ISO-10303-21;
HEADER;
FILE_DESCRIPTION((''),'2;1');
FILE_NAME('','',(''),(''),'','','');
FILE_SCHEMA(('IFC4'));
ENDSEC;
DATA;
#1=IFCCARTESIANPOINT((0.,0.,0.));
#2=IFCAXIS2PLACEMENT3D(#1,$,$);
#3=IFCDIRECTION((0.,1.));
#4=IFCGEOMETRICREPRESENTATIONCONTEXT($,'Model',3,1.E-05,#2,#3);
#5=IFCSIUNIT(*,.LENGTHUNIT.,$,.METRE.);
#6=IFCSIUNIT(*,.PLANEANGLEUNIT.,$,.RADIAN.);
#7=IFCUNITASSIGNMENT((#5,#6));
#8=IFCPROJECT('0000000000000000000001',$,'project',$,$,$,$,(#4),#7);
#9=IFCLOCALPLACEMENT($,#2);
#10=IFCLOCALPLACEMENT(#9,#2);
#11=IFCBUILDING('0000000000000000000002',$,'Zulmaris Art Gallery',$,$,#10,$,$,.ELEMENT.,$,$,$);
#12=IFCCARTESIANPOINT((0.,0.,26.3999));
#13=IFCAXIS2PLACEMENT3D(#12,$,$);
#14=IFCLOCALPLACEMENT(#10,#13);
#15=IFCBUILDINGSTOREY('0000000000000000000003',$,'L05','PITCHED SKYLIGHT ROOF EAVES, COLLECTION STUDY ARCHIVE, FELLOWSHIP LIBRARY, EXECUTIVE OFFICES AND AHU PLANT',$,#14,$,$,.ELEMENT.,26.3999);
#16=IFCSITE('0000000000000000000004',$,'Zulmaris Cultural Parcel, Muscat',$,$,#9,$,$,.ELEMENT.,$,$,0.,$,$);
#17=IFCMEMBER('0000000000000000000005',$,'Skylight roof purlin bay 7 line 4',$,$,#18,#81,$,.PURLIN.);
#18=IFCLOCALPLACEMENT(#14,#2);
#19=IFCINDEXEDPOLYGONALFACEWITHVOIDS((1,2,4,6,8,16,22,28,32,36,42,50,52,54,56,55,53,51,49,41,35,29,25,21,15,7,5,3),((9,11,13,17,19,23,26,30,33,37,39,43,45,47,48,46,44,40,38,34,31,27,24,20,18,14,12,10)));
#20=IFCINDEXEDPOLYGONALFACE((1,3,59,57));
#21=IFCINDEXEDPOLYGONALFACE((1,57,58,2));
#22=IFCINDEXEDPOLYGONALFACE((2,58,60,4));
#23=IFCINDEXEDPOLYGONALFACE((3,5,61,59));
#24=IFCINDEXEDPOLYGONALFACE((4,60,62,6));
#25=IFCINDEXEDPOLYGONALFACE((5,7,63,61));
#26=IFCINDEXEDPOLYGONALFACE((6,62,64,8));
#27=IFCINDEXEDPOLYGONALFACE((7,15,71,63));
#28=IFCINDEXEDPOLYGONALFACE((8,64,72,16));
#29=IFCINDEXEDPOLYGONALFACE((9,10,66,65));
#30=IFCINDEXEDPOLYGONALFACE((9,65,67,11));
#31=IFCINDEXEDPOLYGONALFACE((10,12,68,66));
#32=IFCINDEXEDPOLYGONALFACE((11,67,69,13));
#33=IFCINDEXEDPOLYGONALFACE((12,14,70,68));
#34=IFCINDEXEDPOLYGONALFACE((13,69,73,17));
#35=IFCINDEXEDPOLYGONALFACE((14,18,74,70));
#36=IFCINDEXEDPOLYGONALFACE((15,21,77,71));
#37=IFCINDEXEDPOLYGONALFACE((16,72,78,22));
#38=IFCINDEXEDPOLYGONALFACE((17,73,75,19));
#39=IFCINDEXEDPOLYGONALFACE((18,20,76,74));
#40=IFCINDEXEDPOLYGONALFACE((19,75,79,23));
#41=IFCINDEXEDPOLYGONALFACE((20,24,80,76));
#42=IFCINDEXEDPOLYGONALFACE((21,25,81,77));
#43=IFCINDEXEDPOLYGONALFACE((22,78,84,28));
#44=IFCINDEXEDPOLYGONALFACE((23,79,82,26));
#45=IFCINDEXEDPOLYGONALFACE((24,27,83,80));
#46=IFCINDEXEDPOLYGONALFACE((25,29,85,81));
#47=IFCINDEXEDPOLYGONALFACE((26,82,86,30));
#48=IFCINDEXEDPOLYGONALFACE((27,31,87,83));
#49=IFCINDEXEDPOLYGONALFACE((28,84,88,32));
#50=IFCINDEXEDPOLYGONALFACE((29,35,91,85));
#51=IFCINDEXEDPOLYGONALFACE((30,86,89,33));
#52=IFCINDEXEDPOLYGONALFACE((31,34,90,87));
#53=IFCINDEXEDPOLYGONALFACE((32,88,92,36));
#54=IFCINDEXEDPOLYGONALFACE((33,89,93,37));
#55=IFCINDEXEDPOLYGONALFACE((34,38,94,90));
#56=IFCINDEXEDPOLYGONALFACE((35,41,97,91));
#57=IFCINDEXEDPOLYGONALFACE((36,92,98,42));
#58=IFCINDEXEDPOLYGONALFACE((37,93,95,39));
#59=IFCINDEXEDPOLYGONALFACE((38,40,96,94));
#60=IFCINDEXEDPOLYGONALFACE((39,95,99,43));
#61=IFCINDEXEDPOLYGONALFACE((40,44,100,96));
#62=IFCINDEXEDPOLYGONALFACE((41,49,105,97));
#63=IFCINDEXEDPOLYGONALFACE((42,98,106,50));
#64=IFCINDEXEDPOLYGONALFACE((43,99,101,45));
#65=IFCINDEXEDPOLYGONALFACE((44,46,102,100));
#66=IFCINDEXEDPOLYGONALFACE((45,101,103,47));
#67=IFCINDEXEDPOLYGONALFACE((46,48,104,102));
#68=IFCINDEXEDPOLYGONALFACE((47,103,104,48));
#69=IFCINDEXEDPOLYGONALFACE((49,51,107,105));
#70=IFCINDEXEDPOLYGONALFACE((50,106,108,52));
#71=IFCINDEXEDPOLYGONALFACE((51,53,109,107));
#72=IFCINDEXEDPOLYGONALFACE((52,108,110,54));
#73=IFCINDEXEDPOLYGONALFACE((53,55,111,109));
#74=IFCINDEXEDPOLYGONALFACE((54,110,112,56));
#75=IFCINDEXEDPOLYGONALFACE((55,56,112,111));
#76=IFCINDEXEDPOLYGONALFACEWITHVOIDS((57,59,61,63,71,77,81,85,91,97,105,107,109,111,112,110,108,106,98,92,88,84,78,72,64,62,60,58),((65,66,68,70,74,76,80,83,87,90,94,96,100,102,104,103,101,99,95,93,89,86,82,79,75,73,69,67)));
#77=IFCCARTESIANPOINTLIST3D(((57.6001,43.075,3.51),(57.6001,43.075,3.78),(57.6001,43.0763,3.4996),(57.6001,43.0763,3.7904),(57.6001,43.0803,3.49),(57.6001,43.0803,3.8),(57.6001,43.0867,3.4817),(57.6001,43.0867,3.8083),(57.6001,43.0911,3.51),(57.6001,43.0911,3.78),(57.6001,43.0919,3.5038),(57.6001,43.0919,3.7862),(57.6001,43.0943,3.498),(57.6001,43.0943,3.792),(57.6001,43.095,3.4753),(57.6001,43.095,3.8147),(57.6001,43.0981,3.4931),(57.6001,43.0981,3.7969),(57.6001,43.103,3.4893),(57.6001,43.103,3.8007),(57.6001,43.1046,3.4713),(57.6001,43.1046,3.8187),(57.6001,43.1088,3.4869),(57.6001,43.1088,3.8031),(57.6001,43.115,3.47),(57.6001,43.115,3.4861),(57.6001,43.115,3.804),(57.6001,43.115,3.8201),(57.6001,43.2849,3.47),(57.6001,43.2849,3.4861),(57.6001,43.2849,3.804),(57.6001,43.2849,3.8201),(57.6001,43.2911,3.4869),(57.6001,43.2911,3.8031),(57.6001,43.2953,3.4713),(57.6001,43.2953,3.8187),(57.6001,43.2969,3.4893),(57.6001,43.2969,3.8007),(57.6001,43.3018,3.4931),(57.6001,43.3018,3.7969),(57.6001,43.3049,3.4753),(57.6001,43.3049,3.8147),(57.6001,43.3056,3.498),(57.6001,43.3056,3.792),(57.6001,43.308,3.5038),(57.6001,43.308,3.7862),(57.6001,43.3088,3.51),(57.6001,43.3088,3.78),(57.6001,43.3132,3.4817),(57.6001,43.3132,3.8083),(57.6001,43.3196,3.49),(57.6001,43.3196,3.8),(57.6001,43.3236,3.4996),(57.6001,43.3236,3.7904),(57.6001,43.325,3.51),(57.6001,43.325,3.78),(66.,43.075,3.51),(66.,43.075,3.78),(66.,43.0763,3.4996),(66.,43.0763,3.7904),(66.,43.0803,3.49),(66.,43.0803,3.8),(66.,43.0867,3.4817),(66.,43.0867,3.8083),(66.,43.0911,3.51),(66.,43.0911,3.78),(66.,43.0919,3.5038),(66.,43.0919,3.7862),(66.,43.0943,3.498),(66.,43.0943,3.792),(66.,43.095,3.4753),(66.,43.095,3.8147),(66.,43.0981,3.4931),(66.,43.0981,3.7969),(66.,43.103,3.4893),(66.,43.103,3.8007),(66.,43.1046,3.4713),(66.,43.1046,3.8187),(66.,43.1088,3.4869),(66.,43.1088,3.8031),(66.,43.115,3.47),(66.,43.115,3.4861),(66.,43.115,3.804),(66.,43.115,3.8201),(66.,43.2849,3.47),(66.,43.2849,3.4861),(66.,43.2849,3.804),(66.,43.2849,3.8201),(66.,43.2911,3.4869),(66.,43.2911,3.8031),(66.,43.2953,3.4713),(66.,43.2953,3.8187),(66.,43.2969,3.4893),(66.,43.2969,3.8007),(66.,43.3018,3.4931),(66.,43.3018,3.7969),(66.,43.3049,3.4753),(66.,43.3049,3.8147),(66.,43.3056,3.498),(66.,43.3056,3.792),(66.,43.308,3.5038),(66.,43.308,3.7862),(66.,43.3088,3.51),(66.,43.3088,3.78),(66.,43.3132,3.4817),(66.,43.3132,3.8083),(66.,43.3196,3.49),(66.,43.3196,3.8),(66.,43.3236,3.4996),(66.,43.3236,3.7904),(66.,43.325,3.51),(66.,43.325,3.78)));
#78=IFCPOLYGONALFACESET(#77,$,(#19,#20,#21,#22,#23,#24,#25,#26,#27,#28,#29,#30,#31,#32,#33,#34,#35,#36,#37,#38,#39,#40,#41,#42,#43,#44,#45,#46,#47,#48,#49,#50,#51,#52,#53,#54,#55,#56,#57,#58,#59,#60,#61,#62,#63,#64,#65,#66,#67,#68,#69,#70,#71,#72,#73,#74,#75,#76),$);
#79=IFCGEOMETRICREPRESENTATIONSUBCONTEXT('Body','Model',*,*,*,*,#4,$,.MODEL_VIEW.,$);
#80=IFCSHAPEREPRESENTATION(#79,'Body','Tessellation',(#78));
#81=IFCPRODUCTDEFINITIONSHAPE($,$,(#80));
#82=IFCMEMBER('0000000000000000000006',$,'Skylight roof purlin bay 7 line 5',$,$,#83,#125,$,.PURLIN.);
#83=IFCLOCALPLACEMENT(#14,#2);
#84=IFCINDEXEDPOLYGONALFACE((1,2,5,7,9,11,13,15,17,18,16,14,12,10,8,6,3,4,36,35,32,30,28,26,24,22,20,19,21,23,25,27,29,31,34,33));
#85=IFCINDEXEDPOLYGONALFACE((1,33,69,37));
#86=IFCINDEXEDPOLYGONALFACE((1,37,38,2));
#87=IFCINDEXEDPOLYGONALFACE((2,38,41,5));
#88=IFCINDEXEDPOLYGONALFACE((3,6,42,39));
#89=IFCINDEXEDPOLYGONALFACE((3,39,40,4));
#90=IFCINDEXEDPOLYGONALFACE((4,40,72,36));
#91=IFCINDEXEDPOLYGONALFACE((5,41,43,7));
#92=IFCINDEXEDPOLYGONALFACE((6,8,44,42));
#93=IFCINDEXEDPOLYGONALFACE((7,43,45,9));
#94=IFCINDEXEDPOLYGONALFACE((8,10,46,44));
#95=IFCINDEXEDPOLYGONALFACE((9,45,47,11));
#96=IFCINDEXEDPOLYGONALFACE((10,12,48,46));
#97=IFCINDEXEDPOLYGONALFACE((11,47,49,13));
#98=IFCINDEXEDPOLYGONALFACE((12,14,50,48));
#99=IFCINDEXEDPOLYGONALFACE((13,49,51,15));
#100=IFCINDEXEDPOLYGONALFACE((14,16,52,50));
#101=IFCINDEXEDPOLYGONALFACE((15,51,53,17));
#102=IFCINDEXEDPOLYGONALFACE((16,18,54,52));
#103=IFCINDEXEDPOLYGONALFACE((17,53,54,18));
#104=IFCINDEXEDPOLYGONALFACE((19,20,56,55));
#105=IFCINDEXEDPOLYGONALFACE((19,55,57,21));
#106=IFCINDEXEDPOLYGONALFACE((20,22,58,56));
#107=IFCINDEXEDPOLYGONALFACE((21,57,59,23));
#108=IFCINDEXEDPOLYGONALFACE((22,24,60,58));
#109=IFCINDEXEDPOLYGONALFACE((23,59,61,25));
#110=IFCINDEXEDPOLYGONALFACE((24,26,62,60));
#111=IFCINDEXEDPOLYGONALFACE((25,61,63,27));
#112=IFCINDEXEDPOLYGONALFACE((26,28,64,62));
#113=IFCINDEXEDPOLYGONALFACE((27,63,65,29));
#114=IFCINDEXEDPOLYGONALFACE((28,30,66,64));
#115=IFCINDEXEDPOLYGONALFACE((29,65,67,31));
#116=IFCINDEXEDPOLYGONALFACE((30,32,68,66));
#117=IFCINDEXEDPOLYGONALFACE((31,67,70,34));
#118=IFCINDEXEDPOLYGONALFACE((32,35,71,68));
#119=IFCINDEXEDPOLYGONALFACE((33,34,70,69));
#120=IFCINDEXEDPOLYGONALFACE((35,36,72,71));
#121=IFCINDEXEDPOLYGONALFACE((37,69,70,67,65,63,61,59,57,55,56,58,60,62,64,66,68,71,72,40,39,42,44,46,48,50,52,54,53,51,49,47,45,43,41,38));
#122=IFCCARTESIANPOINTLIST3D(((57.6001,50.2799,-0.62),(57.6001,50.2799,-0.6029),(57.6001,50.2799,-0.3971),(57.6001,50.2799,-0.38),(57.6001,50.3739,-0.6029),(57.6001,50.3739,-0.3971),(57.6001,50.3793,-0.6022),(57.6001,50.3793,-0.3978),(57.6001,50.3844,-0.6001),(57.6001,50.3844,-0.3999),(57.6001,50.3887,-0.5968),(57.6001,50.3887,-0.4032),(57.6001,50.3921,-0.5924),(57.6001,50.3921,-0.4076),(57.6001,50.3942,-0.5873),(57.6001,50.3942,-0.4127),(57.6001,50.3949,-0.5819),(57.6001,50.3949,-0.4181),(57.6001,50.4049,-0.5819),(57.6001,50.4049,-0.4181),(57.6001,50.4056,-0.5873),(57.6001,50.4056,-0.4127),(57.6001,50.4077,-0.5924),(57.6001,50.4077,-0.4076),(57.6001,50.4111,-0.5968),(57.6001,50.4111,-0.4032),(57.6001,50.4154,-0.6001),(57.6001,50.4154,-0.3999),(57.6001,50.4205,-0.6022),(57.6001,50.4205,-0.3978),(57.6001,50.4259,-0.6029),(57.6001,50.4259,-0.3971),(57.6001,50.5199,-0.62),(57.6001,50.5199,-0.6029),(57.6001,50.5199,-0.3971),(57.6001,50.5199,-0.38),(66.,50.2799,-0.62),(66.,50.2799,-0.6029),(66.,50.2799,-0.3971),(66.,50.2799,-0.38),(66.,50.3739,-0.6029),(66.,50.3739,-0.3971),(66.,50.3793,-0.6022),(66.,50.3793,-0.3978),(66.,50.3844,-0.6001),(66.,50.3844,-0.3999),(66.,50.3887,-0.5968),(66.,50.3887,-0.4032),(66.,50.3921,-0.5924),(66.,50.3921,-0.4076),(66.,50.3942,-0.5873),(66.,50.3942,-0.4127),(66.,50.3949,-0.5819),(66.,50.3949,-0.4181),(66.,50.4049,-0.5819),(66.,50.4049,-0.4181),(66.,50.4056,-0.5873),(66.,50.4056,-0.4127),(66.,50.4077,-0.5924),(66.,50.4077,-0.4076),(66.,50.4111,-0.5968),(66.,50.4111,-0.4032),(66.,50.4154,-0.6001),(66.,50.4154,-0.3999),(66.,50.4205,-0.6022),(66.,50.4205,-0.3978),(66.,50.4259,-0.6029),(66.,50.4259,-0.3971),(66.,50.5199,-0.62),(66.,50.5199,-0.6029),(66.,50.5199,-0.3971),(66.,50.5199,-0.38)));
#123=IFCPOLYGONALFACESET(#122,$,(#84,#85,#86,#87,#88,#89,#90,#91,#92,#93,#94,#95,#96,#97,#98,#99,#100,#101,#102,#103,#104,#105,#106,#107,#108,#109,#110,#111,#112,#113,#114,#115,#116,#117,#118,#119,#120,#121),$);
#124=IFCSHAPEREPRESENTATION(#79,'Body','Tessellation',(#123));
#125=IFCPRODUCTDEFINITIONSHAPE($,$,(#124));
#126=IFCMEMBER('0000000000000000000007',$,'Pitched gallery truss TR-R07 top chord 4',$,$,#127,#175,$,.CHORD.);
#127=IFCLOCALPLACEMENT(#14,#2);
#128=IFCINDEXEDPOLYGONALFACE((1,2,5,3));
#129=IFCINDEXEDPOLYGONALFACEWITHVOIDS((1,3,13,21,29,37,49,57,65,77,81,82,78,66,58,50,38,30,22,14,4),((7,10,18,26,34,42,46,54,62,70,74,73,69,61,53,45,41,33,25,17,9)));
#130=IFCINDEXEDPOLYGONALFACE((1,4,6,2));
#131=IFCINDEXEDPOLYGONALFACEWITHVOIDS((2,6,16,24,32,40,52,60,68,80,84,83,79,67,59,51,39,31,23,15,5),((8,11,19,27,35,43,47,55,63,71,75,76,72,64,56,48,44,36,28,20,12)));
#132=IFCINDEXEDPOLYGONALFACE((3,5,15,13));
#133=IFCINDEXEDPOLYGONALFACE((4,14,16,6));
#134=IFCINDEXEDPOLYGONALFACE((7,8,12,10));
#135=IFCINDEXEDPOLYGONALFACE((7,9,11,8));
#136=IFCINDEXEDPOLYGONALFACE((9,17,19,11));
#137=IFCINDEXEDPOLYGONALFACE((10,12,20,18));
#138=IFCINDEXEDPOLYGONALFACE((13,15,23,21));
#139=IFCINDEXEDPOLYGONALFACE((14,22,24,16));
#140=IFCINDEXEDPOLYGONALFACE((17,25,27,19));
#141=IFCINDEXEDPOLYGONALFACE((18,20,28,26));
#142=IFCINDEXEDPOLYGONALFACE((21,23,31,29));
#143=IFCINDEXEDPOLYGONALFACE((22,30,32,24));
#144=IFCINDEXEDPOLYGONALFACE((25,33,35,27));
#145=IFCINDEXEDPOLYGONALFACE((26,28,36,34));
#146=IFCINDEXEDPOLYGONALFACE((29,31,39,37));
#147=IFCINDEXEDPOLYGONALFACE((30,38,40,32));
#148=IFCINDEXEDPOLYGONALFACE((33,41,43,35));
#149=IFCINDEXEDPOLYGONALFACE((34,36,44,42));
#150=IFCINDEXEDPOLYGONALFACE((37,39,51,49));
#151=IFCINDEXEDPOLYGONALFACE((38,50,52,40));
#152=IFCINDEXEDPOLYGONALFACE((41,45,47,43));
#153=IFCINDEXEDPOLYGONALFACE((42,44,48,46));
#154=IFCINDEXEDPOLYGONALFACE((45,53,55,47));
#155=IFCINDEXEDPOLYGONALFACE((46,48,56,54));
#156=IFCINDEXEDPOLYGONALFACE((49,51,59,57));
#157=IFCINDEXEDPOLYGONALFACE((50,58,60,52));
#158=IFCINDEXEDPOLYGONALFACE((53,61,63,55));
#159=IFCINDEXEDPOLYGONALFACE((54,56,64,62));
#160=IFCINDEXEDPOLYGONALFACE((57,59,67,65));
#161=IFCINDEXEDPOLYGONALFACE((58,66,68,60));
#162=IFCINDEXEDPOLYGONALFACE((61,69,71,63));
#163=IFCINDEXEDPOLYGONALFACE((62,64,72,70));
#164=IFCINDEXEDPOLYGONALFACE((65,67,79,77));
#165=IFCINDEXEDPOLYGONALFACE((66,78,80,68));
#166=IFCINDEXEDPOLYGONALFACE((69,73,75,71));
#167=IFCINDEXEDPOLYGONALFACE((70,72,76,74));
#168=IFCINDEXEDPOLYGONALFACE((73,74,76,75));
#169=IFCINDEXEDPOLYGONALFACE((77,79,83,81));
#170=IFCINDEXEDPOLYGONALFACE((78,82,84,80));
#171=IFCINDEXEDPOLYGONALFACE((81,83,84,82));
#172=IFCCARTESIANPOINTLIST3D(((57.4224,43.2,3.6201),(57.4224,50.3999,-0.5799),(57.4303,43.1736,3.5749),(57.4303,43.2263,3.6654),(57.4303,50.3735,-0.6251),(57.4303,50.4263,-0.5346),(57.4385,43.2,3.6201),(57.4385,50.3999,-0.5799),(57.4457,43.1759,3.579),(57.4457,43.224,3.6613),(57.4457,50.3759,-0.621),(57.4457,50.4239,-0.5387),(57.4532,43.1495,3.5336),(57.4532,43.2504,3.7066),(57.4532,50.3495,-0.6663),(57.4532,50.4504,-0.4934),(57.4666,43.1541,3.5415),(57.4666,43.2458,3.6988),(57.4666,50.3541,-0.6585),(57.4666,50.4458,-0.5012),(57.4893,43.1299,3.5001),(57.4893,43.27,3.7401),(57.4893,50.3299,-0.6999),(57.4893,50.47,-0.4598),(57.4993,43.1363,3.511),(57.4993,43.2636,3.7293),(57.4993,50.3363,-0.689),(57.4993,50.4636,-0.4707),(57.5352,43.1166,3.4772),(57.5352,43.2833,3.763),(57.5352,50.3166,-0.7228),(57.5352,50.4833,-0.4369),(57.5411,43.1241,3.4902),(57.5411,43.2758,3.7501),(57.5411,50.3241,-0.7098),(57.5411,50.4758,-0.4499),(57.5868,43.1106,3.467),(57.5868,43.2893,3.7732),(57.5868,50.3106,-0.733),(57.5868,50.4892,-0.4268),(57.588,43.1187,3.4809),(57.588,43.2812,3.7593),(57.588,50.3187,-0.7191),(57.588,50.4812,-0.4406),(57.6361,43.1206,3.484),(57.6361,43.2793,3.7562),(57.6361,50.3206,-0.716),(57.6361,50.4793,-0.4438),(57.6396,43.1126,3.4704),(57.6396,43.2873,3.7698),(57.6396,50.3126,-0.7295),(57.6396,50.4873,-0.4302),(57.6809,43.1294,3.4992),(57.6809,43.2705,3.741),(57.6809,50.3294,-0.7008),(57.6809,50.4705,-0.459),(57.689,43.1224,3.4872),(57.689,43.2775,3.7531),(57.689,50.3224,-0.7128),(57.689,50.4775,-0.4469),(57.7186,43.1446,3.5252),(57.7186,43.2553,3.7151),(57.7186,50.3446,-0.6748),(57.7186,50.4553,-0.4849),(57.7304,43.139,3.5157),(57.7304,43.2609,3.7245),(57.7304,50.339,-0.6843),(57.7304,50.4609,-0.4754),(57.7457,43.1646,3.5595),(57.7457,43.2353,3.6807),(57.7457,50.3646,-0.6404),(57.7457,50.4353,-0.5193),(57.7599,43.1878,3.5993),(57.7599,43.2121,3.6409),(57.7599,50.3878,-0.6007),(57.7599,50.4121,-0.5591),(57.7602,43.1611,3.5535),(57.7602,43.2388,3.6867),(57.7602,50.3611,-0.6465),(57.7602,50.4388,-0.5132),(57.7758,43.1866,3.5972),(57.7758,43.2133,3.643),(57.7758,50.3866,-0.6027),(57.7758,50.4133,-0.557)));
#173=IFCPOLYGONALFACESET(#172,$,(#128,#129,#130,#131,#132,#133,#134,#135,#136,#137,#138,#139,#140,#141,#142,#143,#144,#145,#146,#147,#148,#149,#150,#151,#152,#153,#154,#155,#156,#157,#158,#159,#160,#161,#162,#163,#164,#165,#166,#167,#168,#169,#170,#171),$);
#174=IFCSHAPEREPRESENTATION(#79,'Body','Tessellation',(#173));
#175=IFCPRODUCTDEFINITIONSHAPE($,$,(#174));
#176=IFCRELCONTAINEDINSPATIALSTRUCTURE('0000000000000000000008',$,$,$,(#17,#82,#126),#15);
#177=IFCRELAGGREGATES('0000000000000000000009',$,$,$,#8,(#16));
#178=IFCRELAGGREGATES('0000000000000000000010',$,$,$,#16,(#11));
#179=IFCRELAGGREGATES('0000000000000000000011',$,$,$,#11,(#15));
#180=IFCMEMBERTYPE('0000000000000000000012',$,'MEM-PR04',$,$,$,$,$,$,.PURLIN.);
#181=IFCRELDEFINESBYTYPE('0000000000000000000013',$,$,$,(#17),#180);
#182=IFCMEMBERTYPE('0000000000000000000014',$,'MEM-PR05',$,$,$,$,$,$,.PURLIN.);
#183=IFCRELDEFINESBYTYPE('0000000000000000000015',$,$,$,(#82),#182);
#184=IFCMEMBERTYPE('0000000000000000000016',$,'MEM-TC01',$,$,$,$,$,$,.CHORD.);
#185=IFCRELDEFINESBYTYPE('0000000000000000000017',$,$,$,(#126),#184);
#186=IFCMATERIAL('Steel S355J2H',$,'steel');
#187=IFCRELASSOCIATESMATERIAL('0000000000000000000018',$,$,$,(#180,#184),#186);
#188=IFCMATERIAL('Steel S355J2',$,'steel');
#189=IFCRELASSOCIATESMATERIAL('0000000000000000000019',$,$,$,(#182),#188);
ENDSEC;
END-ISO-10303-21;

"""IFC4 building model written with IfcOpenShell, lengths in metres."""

from ifc_helpers import new_model, si_unit, direction, frame, origin, origin_2d, place, context, subcontext, project, spatial, hollow_rectangle, hollow_circle, i_section, extrude, material, material_profile, profile_set, type_object, element, save


model = new_model("IFC4")

# Units and contexts
model_context = context("Model", 3, precision=1e-05, world=origin(), true_north=direction((0.0, 1.0)))
body_context = subcontext(model_context, "Body", "Model", "MODEL_VIEW")
ifc_project = project(units=[si_unit("LENGTHUNIT", "METRE"), si_unit("PLANEANGLEUNIT", "RADIAN")], contexts=[model_context])

# Site, building, storey
site_placement = place(None, origin())
site = spatial("IfcSite", under=ifc_project, at=site_placement, Name="Zulmaris Cultural Parcel, Muscat", CompositionType="ELEMENT", RefElevation=0.0)
building_placement = place(site_placement, origin())
building = spatial("IfcBuilding", under=site, at=building_placement, Name="Zulmaris Art Gallery", CompositionType="ELEMENT")
storey_placement = place(building_placement, frame((0.0, 0.0, 26.3999)))
storey = spatial("IfcBuildingStorey", under=building, at=storey_placement, Name="L05", Description="PITCHED SKYLIGHT ROOF EAVES, COLLECTION STUDY ARCHIVE, FELLOWSHIP LIBRARY, EXECUTIVE OFFICES AND AHU PLANT", CompositionType="ELEMENT", Elevation=26.3999)

# Members
ifc_material_1 = material(Name="Steel S355J2H", Category="steel")
ifc_material_profile_1 = material_profile(ifc_material_1, hollow_rectangle(XDim=0.25, YDim=0.3501, WallThickness=0.0161, InnerFilletRadius=0.0239, OuterFilletRadius=0.04, at=origin_2d()), Name="RHS 350x250x16")
ifc_profile_set_1 = profile_set([ifc_material_profile_1], Name="Steel S355J2H")
member_type_1 = type_object("IfcMemberType", Name="MEM-PR04", PredefinedType="PURLIN", material=ifc_profile_set_1)
member_1_placement = place(storey_placement, frame((57.6001, 43.2, 3.645), z_axis=(1.0, 0.0, 0.0), x_axis=(0.0, 1.0, 0.0)))
element("IfcMember", 1, at=member_1_placement, inside=storey, type_object=member_type_1, Name="Skylight roof purlin bay 7 line 4", PredefinedType="PURLIN", context=body_context, shape_type="SweptSolid", body=[
    extrude(hollow_rectangle(XDim=0.25, YDim=0.3501, WallThickness=0.0161, InnerFilletRadius=0.0239, OuterFilletRadius=0.04, at=origin_2d()), origin(), (0.0, 0.0, 1.0), 8.3999),
])
ifc_material_2 = material(Name="Steel S355J2", Category="steel")
ifc_material_profile_2 = material_profile(ifc_material_2, i_section(OverallWidth=0.24, OverallDepth=0.24, WebThickness=0.01, FlangeThickness=0.0171, FilletRadius=0.021, at=origin_2d()), Name="HEB 240")
ifc_profile_set_2 = profile_set([ifc_material_profile_2], Name="Steel S355J2")
member_type_2 = type_object("IfcMemberType", Name="MEM-PR05", PredefinedType="PURLIN", material=ifc_profile_set_2)
member_2_placement = place(storey_placement, frame((57.6001, 50.3999, -0.5), z_axis=(1.0, 0.0, 0.0), x_axis=(0.0, 1.0, 0.0)))
element("IfcMember", 2, at=member_2_placement, inside=storey, type_object=member_type_2, Name="Skylight roof purlin bay 7 line 5", PredefinedType="PURLIN", context=body_context, shape_type="SweptSolid", body=[
    extrude(i_section(OverallWidth=0.24, OverallDepth=0.24, WebThickness=0.01, FlangeThickness=0.0171, FilletRadius=0.021, at=origin_2d()), origin(), (0.0, 0.0, 1.0), 8.3999),
])
ifc_material_profile_3 = material_profile(ifc_material_1, hollow_circle(Radius=0.1777, WallThickness=0.0161, at=origin_2d()), Name="CHS 355.6x16")
ifc_profile_set_3 = profile_set([ifc_material_profile_3], Name="Steel S355J2H")
member_type_3 = type_object("IfcMemberType", Name="MEM-TC01", PredefinedType="CHORD", material=ifc_profile_set_3)
member_3_placement = place(storey_placement, frame((57.6001, 43.2, 3.6201), z_axis=(0.0, 0.86378, -0.503869), x_axis=(-1.0, 0.0, 0.0)))
element("IfcMember", 3, at=member_3_placement, inside=storey, type_object=member_type_3, Name="Pitched gallery truss TR-R07 top chord 4", PredefinedType="CHORD", context=body_context, shape_type="SweptSolid", body=[
    extrude(hollow_circle(Radius=0.1777, WallThickness=0.0161, at=origin_2d()), origin(), (0.0, 0.0, 1.0), 8.3354),
])

save(model, "model.ifc")
